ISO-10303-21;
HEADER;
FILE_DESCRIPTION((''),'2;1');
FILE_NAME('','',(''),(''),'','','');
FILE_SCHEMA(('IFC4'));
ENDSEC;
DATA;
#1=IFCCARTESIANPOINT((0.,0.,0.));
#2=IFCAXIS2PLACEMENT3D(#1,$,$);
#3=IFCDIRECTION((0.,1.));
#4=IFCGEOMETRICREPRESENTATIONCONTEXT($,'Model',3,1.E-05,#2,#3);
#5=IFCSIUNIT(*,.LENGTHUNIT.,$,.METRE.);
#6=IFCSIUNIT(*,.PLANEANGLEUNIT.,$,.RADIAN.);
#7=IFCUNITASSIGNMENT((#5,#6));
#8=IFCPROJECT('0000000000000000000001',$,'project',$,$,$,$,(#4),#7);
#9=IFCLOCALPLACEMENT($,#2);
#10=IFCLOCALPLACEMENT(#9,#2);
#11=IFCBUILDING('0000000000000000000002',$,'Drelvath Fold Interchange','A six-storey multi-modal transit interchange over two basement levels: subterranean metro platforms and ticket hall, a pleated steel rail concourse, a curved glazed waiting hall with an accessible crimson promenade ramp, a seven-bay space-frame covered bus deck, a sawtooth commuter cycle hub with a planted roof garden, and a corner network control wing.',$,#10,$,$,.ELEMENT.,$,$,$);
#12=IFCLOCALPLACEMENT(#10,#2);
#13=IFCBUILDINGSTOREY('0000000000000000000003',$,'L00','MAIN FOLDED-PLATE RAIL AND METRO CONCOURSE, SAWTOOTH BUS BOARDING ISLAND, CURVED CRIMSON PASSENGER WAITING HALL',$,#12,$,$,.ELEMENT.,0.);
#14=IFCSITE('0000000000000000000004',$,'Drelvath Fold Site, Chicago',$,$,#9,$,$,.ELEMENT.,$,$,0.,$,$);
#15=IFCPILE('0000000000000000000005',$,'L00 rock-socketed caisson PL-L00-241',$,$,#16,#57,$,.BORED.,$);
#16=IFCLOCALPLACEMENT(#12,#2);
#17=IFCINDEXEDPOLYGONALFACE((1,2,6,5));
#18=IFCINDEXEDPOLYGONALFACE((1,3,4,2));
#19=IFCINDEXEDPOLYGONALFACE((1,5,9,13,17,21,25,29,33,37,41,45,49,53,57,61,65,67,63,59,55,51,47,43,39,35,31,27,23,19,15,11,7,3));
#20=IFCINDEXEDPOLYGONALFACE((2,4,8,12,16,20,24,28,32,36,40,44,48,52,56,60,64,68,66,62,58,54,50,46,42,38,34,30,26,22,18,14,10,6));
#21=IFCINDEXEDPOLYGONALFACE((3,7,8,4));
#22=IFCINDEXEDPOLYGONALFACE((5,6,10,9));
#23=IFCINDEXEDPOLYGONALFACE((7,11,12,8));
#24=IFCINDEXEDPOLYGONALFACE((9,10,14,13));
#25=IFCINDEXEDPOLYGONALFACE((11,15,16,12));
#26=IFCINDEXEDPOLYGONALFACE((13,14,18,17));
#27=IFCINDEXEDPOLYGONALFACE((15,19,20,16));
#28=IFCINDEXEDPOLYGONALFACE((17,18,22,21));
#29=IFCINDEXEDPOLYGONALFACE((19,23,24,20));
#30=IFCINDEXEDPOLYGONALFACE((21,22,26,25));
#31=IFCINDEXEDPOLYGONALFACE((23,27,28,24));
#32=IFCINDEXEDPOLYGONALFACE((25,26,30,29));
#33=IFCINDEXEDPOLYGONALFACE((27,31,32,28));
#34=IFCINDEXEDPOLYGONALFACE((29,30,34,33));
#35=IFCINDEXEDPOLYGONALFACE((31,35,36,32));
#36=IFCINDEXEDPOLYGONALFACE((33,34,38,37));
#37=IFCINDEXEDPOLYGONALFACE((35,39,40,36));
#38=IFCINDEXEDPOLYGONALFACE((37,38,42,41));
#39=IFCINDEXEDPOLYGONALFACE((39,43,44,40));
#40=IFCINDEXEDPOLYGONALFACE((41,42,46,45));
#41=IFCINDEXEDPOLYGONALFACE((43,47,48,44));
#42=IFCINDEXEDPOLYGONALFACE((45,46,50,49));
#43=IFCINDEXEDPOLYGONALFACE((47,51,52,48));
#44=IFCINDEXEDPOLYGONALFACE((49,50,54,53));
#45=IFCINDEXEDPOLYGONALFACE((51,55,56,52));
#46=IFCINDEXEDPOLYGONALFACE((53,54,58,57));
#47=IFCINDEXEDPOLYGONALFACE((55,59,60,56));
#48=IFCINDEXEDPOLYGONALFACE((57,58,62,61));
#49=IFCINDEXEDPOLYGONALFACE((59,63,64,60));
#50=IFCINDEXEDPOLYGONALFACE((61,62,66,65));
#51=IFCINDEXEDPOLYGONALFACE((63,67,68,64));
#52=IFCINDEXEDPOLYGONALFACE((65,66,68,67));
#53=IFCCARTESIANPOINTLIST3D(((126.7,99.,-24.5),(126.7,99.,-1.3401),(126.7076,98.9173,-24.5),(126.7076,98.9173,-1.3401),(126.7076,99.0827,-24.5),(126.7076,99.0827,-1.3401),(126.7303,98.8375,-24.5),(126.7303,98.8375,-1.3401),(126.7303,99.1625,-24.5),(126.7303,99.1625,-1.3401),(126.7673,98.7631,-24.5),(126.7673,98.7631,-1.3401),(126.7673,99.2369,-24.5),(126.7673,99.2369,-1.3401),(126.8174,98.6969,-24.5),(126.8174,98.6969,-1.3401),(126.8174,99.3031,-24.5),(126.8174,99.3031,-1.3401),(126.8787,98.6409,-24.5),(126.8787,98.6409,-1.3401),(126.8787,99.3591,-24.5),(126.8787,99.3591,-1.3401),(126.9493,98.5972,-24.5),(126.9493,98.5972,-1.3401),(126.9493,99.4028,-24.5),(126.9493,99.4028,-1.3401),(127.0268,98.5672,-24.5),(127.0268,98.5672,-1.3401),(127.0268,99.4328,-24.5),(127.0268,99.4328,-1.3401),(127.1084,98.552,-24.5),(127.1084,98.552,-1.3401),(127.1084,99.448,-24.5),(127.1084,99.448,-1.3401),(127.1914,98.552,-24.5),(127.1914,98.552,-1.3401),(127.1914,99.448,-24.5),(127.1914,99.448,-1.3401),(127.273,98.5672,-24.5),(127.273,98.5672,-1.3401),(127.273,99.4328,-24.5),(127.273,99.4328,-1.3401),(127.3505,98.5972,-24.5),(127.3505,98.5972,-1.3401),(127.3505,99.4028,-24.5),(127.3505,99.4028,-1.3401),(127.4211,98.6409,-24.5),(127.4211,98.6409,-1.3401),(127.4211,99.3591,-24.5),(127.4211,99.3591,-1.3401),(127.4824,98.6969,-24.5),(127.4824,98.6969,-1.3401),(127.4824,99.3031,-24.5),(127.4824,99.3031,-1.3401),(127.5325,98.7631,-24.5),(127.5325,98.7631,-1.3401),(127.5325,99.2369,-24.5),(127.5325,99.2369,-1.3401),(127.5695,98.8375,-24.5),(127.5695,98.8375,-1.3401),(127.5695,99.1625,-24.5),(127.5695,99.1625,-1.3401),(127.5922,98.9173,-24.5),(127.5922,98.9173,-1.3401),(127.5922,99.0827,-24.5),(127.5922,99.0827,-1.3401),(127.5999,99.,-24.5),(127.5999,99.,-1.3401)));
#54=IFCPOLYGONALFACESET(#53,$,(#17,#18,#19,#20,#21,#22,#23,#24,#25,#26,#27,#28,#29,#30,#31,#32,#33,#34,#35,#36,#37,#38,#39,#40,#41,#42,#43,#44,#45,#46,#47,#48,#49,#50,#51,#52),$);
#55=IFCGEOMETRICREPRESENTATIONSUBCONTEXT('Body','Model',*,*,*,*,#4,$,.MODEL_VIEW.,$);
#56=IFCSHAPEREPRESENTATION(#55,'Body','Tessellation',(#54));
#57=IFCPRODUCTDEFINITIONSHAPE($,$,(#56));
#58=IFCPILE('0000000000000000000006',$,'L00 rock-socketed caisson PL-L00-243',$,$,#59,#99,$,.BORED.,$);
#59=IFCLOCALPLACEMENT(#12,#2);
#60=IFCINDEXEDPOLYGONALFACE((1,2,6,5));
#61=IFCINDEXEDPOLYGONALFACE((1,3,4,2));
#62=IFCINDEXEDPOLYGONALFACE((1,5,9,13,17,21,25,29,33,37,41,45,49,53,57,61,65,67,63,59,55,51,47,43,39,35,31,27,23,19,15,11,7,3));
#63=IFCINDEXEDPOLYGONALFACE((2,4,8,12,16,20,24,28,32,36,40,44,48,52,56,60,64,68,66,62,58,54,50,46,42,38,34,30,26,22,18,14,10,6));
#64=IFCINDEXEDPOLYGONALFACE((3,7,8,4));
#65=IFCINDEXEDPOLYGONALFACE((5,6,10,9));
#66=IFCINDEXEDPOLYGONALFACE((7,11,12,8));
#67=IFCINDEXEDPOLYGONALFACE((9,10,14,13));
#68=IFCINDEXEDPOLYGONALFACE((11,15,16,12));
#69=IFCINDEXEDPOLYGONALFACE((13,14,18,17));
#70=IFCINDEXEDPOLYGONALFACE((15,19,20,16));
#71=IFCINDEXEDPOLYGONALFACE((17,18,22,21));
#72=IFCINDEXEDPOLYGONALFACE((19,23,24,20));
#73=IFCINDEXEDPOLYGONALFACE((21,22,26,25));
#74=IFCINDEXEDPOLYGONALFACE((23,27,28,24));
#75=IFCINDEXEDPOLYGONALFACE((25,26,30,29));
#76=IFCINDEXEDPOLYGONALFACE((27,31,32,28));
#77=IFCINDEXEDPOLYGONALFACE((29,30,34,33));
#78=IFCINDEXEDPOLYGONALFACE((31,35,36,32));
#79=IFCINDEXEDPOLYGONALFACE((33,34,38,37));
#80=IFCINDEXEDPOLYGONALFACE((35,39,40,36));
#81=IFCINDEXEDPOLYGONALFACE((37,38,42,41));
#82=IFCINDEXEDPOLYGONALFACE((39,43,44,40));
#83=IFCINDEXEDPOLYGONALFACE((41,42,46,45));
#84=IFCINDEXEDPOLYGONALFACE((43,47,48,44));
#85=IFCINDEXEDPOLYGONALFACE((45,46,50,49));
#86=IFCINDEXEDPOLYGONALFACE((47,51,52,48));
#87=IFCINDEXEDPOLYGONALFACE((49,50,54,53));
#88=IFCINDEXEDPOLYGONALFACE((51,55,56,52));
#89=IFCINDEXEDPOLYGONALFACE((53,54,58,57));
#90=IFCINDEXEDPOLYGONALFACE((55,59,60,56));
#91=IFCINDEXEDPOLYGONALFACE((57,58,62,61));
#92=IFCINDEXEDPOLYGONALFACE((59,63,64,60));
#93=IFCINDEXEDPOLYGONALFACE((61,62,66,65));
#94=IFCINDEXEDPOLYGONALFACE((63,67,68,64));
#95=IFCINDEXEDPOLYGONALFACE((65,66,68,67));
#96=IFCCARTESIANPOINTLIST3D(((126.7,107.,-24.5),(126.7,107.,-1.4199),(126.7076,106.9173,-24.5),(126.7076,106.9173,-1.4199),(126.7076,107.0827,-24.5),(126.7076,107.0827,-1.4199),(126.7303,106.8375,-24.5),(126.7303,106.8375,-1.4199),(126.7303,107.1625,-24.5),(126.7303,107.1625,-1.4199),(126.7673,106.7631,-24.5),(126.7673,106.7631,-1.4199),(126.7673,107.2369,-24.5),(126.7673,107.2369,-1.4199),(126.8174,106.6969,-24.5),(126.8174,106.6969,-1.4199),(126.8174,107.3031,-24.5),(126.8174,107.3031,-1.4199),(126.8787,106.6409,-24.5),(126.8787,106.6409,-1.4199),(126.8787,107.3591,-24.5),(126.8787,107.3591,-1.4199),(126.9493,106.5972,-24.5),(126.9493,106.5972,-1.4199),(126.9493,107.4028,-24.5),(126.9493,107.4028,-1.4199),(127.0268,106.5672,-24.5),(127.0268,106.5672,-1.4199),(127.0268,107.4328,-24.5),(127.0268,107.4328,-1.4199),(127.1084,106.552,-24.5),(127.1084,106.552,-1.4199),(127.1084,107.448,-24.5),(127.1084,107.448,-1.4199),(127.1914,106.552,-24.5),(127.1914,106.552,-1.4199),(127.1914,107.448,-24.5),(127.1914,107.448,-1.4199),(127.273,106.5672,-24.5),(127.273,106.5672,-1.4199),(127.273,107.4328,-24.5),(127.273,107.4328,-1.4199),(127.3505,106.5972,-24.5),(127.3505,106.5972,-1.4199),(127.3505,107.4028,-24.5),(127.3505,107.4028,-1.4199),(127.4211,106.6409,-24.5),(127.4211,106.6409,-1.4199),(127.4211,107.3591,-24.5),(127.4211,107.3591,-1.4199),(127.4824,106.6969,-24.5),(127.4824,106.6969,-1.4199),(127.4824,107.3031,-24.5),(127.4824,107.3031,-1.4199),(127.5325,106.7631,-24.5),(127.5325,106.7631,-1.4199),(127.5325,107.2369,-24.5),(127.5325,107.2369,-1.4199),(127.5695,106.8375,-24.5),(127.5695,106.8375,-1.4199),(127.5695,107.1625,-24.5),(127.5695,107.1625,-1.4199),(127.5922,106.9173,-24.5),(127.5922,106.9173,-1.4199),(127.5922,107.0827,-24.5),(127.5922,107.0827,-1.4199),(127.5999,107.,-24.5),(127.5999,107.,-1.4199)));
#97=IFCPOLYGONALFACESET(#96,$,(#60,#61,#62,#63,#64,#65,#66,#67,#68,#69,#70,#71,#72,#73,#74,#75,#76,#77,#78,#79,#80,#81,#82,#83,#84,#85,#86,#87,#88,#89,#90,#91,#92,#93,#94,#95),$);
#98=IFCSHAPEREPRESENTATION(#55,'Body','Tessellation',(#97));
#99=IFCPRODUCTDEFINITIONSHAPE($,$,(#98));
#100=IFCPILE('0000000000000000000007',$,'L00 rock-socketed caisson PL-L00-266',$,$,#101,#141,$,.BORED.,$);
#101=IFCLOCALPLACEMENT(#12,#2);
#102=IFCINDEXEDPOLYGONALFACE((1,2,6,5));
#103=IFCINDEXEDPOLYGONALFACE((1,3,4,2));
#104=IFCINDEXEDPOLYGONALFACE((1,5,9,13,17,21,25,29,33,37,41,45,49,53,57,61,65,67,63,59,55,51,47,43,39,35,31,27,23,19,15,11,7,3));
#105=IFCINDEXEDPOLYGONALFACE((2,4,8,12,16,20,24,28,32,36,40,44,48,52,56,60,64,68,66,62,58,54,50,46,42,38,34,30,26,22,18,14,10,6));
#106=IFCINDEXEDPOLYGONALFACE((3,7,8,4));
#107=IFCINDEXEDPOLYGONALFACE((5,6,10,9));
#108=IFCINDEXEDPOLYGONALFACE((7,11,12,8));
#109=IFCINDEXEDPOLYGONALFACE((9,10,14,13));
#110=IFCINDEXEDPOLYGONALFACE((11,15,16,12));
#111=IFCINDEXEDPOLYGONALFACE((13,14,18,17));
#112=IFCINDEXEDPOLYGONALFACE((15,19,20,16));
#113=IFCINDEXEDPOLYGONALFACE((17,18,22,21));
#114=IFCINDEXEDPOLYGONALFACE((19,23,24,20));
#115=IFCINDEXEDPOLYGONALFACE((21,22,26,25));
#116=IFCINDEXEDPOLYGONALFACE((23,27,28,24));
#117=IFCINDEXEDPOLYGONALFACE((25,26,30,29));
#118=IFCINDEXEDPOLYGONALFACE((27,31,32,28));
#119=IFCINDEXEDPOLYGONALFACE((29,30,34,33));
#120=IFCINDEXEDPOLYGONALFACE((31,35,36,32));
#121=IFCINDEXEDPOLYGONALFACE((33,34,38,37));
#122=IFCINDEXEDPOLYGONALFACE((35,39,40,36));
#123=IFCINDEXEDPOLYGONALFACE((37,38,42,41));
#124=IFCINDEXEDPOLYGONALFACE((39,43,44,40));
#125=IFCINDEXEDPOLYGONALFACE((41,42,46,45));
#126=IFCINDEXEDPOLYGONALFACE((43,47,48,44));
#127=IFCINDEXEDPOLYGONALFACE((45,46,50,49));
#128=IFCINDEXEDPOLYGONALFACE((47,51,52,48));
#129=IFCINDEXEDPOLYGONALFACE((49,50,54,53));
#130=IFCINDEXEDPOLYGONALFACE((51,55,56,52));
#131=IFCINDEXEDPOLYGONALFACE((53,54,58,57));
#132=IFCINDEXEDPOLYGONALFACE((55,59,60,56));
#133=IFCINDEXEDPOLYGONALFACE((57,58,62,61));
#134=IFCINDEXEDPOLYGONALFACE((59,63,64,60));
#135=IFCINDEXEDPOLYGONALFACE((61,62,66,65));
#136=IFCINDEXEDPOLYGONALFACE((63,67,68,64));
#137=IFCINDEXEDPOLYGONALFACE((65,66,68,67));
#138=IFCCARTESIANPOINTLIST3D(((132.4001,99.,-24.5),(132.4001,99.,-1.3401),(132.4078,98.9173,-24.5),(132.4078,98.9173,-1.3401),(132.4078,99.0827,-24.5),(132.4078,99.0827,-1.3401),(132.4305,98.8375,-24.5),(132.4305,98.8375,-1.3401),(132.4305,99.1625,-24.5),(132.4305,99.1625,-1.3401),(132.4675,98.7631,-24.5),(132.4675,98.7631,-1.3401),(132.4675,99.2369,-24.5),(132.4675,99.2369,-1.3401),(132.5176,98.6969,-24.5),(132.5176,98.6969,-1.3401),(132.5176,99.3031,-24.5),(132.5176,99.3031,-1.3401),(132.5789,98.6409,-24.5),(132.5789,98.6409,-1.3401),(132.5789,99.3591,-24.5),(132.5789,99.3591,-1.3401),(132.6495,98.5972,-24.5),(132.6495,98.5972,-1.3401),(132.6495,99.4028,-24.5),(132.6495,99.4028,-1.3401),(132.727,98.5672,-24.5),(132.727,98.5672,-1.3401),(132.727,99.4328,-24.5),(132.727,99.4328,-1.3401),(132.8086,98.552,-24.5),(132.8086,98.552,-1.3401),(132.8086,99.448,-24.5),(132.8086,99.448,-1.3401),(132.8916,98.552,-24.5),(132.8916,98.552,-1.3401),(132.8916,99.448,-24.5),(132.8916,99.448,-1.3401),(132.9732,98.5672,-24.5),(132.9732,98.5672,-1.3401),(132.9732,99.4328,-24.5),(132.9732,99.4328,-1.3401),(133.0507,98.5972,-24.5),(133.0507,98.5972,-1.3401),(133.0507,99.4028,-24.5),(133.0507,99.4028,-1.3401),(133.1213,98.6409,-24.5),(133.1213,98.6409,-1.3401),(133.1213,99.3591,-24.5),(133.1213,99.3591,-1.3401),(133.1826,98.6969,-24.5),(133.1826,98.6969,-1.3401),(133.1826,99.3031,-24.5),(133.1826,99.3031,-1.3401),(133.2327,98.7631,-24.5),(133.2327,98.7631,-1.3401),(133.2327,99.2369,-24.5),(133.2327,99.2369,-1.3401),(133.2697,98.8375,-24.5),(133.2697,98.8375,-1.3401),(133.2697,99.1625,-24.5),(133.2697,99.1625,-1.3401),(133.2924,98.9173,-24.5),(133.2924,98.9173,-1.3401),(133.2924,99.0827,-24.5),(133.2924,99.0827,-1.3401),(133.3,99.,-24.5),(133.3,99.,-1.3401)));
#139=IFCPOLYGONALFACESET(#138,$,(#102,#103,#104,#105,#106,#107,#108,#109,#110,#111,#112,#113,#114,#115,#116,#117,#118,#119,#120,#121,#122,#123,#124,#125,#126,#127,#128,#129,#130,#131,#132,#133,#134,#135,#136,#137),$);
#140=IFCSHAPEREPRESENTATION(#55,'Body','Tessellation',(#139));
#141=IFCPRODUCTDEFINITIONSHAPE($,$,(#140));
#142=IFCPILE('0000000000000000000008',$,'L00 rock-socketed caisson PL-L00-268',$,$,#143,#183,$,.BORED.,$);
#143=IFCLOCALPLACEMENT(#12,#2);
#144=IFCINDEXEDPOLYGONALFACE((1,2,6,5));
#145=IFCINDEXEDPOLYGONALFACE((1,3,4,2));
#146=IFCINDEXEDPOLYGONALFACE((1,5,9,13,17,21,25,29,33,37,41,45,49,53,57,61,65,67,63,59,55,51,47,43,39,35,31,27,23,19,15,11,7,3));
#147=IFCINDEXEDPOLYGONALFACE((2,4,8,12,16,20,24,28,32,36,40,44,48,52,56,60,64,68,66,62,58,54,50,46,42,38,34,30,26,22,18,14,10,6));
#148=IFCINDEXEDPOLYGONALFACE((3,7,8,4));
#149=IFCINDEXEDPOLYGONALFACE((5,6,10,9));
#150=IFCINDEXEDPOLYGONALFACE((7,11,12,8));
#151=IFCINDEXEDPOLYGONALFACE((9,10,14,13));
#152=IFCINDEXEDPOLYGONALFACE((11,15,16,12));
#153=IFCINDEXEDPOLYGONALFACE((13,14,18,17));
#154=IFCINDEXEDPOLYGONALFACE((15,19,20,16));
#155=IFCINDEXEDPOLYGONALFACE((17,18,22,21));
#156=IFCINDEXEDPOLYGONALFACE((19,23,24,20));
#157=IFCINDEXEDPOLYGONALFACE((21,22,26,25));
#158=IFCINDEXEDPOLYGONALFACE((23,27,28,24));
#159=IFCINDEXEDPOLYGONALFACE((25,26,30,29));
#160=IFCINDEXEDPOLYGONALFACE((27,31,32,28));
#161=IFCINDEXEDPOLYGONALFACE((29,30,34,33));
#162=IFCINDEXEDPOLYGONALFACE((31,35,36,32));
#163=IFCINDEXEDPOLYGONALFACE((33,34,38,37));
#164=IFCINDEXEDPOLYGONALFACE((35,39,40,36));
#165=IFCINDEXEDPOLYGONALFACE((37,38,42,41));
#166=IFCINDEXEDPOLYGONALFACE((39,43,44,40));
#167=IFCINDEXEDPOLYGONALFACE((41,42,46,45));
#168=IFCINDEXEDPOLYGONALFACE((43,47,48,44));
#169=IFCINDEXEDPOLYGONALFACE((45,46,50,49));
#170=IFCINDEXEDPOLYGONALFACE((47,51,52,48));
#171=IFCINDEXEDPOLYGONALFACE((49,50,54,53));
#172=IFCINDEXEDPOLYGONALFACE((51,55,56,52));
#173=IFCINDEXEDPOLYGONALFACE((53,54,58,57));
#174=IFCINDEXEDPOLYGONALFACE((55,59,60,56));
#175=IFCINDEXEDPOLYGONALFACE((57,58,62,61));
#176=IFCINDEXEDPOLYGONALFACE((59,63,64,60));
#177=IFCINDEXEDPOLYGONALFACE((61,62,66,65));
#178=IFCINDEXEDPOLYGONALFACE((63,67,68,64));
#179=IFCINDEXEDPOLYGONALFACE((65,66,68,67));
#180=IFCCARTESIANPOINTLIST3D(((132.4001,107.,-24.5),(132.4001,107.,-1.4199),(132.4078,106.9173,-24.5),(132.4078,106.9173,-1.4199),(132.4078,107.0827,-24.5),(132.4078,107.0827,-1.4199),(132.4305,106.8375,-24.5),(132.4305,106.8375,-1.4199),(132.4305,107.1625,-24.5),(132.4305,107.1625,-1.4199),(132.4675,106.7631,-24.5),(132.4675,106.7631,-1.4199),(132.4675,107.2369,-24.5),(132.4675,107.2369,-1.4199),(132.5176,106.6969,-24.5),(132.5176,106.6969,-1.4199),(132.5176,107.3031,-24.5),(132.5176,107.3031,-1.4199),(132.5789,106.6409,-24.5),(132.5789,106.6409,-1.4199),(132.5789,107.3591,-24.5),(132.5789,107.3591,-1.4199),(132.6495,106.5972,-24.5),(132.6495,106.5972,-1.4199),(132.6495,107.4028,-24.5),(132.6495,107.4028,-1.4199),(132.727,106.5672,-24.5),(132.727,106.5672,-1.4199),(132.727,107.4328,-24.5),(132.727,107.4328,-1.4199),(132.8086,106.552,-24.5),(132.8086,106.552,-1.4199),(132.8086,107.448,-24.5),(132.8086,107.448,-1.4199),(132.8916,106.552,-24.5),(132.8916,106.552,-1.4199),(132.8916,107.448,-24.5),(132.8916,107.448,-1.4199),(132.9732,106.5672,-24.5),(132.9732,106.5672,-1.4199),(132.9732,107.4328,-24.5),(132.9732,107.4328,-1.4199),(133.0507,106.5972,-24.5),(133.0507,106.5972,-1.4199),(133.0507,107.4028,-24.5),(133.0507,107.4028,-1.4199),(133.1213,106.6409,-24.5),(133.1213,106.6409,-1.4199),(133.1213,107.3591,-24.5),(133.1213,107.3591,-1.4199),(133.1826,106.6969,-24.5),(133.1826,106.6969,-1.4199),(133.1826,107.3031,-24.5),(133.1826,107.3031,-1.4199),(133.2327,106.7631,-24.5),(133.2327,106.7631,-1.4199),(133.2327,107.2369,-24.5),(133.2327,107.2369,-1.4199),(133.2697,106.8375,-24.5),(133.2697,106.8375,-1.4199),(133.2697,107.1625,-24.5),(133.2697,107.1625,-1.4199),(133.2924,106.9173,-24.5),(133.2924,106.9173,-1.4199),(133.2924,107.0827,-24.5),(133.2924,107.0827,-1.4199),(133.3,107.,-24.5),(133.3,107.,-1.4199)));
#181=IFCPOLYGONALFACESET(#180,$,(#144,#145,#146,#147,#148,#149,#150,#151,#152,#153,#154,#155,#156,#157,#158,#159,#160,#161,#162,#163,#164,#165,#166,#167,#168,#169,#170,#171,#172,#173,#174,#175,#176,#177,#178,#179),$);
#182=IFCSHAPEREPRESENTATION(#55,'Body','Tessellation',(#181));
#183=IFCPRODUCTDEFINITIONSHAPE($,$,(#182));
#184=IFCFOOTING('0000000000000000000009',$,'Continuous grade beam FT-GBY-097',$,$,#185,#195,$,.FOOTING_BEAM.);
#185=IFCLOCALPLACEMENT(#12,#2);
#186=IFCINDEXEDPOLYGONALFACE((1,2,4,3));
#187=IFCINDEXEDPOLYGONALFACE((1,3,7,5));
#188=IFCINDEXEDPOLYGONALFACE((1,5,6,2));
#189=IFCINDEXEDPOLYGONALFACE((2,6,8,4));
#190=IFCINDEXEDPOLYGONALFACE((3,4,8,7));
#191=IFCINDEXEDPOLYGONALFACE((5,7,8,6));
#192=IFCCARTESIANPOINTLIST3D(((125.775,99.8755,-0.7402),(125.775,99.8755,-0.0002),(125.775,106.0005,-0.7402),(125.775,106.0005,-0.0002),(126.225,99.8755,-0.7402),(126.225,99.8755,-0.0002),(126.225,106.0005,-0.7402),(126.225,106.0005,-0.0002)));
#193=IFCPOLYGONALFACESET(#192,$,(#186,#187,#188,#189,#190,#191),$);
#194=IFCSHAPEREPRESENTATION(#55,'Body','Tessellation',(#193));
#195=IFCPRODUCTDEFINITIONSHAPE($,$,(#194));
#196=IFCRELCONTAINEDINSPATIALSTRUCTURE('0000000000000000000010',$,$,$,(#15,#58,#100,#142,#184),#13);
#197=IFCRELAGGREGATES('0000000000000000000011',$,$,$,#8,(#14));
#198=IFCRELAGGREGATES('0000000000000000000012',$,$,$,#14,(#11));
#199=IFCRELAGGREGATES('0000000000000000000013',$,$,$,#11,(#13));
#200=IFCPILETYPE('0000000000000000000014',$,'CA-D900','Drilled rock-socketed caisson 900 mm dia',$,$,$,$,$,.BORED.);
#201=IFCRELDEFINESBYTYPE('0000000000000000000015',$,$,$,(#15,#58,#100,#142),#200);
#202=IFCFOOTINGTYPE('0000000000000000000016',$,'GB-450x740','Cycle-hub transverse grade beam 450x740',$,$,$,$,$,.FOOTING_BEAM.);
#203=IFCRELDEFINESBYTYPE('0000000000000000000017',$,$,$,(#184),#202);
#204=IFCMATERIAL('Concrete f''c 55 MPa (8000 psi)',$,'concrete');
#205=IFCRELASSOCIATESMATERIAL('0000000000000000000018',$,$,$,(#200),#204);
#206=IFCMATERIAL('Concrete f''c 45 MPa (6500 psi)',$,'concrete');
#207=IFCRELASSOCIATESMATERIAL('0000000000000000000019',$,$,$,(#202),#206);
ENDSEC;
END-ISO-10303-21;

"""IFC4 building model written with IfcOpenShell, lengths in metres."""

from ifc_helpers import new_model, si_unit, direction, frame, origin, origin_2d, place, context, subcontext, project, spatial, rectangle, circle, extrude, material, material_profile, profile_set, type_object, element, save


model = new_model("IFC4")

# Units and contexts
model_context = context("Model", 3, precision=1e-05, world=origin(), true_north=direction((0.0, 1.0)))
body_context = subcontext(model_context, "Body", "Model", "MODEL_VIEW")
ifc_project = project(units=[si_unit("LENGTHUNIT", "METRE"), si_unit("PLANEANGLEUNIT", "RADIAN")], contexts=[model_context])

# Site, building, storey
site_placement = place(None, origin())
site = spatial("IfcSite", under=ifc_project, at=site_placement, Name="Drelvath Fold Site, Chicago", CompositionType="ELEMENT", RefElevation=0.0)
building_placement = place(site_placement, origin())
building = spatial("IfcBuilding", under=site, at=building_placement, Name="Drelvath Fold Interchange", Description="A six-storey multi-modal transit interchange over two basement levels: subterranean metro platforms and ticket hall, a pleated steel rail concourse, a curved glazed waiting hall with an accessible crimson promenade ramp, a seven-bay space-frame covered bus deck, a sawtooth commuter cycle hub with a planted roof garden, and a corner network control wing.", CompositionType="ELEMENT")
storey_placement = place(building_placement, origin())
storey = spatial("IfcBuildingStorey", under=building, at=storey_placement, Name="L00", Description="MAIN FOLDED-PLATE RAIL AND METRO CONCOURSE, SAWTOOTH BUS BOARDING ISLAND, CURVED CRIMSON PASSENGER WAITING HALL", CompositionType="ELEMENT", Elevation=0.0)

# Piles
ifc_material_1 = material(Name="Concrete f'c 55 MPa (8000 psi)", Category="concrete")
ifc_material_profile_1 = material_profile(ifc_material_1, circle(Radius=0.45, at=origin_2d()), Name="CAISSON D900")
ifc_profile_set_1 = profile_set([ifc_material_profile_1], Name="Concrete f'c 55 MPa (8000 psi)")
pile_type = type_object("IfcPileType", Name="CA-D900", Description="Drilled rock-socketed caisson 900 mm dia", PredefinedType="BORED", material=ifc_profile_set_1)
pile_1_placement = place(storey_placement, frame((127.1499, 99.0, -1.3401), z_axis=(0.0, 0.0, -1.0), x_axis=(1.0, 0.0, 0.0)))
element("IfcPile", 1, at=pile_1_placement, inside=storey, type_object=pile_type, Name="L00 rock-socketed caisson PL-L00-241", PredefinedType="BORED", context=body_context, shape_type="SweptSolid", body=[
    extrude(circle(Radius=0.45, at=origin_2d()), origin(), (0.0, 0.0, 1.0), 23.1599),
])
pile_2_placement = place(storey_placement, frame((127.1499, 107.0, -1.4199), z_axis=(0.0, 0.0, -1.0), x_axis=(1.0, 0.0, 0.0)))
element("IfcPile", 2, at=pile_2_placement, inside=storey, type_object=pile_type, Name="L00 rock-socketed caisson PL-L00-243", PredefinedType="BORED", context=body_context, shape_type="SweptSolid", body=[
    extrude(circle(Radius=0.45, at=origin_2d()), origin(), (0.0, 0.0, 1.0), 23.0801),
])
pile_3_placement = place(storey_placement, frame((132.8501, 99.0, -1.3401), z_axis=(0.0, 0.0, -1.0), x_axis=(1.0, 0.0, 0.0)))
element("IfcPile", 3, at=pile_3_placement, inside=storey, type_object=pile_type, Name="L00 rock-socketed caisson PL-L00-266", PredefinedType="BORED", context=body_context, shape_type="SweptSolid", body=[
    extrude(circle(Radius=0.45, at=origin_2d()), origin(), (0.0, 0.0, 1.0), 23.1599),
])
pile_4_placement = place(storey_placement, frame((132.8501, 107.0, -1.4199), z_axis=(0.0, 0.0, -1.0), x_axis=(1.0, 0.0, 0.0)))
element("IfcPile", 4, at=pile_4_placement, inside=storey, type_object=pile_type, Name="L00 rock-socketed caisson PL-L00-268", PredefinedType="BORED", context=body_context, shape_type="SweptSolid", body=[
    extrude(circle(Radius=0.45, at=origin_2d()), origin(), (0.0, 0.0, 1.0), 23.0801),
])

# Footing
ifc_material_2 = material(Name="Concrete f'c 45 MPa (6500 psi)", Category="concrete")
footing_type_1 = type_object("IfcFootingType", Name="GB-450x740", Description="Cycle-hub transverse grade beam 450x740", PredefinedType="FOOTING_BEAM", material=ifc_material_2)
footing_1_placement = place(storey_placement, frame((126.0, 102.938, -0.7402), z_axis=(0.0, 0.0, 1.0), x_axis=(1.0, 0.0, 0.0)))
element("IfcFooting", 5, at=footing_1_placement, inside=storey, type_object=footing_type_1, Name="Continuous grade beam FT-GBY-097", PredefinedType="FOOTING_BEAM", context=body_context, shape_type="SweptSolid", body=[
    extrude(rectangle(XDim=0.45, YDim=6.125, at=origin_2d()), origin(), (0.0, 0.0, 1.0), 0.74),
])

save(model, "model.ifc")
